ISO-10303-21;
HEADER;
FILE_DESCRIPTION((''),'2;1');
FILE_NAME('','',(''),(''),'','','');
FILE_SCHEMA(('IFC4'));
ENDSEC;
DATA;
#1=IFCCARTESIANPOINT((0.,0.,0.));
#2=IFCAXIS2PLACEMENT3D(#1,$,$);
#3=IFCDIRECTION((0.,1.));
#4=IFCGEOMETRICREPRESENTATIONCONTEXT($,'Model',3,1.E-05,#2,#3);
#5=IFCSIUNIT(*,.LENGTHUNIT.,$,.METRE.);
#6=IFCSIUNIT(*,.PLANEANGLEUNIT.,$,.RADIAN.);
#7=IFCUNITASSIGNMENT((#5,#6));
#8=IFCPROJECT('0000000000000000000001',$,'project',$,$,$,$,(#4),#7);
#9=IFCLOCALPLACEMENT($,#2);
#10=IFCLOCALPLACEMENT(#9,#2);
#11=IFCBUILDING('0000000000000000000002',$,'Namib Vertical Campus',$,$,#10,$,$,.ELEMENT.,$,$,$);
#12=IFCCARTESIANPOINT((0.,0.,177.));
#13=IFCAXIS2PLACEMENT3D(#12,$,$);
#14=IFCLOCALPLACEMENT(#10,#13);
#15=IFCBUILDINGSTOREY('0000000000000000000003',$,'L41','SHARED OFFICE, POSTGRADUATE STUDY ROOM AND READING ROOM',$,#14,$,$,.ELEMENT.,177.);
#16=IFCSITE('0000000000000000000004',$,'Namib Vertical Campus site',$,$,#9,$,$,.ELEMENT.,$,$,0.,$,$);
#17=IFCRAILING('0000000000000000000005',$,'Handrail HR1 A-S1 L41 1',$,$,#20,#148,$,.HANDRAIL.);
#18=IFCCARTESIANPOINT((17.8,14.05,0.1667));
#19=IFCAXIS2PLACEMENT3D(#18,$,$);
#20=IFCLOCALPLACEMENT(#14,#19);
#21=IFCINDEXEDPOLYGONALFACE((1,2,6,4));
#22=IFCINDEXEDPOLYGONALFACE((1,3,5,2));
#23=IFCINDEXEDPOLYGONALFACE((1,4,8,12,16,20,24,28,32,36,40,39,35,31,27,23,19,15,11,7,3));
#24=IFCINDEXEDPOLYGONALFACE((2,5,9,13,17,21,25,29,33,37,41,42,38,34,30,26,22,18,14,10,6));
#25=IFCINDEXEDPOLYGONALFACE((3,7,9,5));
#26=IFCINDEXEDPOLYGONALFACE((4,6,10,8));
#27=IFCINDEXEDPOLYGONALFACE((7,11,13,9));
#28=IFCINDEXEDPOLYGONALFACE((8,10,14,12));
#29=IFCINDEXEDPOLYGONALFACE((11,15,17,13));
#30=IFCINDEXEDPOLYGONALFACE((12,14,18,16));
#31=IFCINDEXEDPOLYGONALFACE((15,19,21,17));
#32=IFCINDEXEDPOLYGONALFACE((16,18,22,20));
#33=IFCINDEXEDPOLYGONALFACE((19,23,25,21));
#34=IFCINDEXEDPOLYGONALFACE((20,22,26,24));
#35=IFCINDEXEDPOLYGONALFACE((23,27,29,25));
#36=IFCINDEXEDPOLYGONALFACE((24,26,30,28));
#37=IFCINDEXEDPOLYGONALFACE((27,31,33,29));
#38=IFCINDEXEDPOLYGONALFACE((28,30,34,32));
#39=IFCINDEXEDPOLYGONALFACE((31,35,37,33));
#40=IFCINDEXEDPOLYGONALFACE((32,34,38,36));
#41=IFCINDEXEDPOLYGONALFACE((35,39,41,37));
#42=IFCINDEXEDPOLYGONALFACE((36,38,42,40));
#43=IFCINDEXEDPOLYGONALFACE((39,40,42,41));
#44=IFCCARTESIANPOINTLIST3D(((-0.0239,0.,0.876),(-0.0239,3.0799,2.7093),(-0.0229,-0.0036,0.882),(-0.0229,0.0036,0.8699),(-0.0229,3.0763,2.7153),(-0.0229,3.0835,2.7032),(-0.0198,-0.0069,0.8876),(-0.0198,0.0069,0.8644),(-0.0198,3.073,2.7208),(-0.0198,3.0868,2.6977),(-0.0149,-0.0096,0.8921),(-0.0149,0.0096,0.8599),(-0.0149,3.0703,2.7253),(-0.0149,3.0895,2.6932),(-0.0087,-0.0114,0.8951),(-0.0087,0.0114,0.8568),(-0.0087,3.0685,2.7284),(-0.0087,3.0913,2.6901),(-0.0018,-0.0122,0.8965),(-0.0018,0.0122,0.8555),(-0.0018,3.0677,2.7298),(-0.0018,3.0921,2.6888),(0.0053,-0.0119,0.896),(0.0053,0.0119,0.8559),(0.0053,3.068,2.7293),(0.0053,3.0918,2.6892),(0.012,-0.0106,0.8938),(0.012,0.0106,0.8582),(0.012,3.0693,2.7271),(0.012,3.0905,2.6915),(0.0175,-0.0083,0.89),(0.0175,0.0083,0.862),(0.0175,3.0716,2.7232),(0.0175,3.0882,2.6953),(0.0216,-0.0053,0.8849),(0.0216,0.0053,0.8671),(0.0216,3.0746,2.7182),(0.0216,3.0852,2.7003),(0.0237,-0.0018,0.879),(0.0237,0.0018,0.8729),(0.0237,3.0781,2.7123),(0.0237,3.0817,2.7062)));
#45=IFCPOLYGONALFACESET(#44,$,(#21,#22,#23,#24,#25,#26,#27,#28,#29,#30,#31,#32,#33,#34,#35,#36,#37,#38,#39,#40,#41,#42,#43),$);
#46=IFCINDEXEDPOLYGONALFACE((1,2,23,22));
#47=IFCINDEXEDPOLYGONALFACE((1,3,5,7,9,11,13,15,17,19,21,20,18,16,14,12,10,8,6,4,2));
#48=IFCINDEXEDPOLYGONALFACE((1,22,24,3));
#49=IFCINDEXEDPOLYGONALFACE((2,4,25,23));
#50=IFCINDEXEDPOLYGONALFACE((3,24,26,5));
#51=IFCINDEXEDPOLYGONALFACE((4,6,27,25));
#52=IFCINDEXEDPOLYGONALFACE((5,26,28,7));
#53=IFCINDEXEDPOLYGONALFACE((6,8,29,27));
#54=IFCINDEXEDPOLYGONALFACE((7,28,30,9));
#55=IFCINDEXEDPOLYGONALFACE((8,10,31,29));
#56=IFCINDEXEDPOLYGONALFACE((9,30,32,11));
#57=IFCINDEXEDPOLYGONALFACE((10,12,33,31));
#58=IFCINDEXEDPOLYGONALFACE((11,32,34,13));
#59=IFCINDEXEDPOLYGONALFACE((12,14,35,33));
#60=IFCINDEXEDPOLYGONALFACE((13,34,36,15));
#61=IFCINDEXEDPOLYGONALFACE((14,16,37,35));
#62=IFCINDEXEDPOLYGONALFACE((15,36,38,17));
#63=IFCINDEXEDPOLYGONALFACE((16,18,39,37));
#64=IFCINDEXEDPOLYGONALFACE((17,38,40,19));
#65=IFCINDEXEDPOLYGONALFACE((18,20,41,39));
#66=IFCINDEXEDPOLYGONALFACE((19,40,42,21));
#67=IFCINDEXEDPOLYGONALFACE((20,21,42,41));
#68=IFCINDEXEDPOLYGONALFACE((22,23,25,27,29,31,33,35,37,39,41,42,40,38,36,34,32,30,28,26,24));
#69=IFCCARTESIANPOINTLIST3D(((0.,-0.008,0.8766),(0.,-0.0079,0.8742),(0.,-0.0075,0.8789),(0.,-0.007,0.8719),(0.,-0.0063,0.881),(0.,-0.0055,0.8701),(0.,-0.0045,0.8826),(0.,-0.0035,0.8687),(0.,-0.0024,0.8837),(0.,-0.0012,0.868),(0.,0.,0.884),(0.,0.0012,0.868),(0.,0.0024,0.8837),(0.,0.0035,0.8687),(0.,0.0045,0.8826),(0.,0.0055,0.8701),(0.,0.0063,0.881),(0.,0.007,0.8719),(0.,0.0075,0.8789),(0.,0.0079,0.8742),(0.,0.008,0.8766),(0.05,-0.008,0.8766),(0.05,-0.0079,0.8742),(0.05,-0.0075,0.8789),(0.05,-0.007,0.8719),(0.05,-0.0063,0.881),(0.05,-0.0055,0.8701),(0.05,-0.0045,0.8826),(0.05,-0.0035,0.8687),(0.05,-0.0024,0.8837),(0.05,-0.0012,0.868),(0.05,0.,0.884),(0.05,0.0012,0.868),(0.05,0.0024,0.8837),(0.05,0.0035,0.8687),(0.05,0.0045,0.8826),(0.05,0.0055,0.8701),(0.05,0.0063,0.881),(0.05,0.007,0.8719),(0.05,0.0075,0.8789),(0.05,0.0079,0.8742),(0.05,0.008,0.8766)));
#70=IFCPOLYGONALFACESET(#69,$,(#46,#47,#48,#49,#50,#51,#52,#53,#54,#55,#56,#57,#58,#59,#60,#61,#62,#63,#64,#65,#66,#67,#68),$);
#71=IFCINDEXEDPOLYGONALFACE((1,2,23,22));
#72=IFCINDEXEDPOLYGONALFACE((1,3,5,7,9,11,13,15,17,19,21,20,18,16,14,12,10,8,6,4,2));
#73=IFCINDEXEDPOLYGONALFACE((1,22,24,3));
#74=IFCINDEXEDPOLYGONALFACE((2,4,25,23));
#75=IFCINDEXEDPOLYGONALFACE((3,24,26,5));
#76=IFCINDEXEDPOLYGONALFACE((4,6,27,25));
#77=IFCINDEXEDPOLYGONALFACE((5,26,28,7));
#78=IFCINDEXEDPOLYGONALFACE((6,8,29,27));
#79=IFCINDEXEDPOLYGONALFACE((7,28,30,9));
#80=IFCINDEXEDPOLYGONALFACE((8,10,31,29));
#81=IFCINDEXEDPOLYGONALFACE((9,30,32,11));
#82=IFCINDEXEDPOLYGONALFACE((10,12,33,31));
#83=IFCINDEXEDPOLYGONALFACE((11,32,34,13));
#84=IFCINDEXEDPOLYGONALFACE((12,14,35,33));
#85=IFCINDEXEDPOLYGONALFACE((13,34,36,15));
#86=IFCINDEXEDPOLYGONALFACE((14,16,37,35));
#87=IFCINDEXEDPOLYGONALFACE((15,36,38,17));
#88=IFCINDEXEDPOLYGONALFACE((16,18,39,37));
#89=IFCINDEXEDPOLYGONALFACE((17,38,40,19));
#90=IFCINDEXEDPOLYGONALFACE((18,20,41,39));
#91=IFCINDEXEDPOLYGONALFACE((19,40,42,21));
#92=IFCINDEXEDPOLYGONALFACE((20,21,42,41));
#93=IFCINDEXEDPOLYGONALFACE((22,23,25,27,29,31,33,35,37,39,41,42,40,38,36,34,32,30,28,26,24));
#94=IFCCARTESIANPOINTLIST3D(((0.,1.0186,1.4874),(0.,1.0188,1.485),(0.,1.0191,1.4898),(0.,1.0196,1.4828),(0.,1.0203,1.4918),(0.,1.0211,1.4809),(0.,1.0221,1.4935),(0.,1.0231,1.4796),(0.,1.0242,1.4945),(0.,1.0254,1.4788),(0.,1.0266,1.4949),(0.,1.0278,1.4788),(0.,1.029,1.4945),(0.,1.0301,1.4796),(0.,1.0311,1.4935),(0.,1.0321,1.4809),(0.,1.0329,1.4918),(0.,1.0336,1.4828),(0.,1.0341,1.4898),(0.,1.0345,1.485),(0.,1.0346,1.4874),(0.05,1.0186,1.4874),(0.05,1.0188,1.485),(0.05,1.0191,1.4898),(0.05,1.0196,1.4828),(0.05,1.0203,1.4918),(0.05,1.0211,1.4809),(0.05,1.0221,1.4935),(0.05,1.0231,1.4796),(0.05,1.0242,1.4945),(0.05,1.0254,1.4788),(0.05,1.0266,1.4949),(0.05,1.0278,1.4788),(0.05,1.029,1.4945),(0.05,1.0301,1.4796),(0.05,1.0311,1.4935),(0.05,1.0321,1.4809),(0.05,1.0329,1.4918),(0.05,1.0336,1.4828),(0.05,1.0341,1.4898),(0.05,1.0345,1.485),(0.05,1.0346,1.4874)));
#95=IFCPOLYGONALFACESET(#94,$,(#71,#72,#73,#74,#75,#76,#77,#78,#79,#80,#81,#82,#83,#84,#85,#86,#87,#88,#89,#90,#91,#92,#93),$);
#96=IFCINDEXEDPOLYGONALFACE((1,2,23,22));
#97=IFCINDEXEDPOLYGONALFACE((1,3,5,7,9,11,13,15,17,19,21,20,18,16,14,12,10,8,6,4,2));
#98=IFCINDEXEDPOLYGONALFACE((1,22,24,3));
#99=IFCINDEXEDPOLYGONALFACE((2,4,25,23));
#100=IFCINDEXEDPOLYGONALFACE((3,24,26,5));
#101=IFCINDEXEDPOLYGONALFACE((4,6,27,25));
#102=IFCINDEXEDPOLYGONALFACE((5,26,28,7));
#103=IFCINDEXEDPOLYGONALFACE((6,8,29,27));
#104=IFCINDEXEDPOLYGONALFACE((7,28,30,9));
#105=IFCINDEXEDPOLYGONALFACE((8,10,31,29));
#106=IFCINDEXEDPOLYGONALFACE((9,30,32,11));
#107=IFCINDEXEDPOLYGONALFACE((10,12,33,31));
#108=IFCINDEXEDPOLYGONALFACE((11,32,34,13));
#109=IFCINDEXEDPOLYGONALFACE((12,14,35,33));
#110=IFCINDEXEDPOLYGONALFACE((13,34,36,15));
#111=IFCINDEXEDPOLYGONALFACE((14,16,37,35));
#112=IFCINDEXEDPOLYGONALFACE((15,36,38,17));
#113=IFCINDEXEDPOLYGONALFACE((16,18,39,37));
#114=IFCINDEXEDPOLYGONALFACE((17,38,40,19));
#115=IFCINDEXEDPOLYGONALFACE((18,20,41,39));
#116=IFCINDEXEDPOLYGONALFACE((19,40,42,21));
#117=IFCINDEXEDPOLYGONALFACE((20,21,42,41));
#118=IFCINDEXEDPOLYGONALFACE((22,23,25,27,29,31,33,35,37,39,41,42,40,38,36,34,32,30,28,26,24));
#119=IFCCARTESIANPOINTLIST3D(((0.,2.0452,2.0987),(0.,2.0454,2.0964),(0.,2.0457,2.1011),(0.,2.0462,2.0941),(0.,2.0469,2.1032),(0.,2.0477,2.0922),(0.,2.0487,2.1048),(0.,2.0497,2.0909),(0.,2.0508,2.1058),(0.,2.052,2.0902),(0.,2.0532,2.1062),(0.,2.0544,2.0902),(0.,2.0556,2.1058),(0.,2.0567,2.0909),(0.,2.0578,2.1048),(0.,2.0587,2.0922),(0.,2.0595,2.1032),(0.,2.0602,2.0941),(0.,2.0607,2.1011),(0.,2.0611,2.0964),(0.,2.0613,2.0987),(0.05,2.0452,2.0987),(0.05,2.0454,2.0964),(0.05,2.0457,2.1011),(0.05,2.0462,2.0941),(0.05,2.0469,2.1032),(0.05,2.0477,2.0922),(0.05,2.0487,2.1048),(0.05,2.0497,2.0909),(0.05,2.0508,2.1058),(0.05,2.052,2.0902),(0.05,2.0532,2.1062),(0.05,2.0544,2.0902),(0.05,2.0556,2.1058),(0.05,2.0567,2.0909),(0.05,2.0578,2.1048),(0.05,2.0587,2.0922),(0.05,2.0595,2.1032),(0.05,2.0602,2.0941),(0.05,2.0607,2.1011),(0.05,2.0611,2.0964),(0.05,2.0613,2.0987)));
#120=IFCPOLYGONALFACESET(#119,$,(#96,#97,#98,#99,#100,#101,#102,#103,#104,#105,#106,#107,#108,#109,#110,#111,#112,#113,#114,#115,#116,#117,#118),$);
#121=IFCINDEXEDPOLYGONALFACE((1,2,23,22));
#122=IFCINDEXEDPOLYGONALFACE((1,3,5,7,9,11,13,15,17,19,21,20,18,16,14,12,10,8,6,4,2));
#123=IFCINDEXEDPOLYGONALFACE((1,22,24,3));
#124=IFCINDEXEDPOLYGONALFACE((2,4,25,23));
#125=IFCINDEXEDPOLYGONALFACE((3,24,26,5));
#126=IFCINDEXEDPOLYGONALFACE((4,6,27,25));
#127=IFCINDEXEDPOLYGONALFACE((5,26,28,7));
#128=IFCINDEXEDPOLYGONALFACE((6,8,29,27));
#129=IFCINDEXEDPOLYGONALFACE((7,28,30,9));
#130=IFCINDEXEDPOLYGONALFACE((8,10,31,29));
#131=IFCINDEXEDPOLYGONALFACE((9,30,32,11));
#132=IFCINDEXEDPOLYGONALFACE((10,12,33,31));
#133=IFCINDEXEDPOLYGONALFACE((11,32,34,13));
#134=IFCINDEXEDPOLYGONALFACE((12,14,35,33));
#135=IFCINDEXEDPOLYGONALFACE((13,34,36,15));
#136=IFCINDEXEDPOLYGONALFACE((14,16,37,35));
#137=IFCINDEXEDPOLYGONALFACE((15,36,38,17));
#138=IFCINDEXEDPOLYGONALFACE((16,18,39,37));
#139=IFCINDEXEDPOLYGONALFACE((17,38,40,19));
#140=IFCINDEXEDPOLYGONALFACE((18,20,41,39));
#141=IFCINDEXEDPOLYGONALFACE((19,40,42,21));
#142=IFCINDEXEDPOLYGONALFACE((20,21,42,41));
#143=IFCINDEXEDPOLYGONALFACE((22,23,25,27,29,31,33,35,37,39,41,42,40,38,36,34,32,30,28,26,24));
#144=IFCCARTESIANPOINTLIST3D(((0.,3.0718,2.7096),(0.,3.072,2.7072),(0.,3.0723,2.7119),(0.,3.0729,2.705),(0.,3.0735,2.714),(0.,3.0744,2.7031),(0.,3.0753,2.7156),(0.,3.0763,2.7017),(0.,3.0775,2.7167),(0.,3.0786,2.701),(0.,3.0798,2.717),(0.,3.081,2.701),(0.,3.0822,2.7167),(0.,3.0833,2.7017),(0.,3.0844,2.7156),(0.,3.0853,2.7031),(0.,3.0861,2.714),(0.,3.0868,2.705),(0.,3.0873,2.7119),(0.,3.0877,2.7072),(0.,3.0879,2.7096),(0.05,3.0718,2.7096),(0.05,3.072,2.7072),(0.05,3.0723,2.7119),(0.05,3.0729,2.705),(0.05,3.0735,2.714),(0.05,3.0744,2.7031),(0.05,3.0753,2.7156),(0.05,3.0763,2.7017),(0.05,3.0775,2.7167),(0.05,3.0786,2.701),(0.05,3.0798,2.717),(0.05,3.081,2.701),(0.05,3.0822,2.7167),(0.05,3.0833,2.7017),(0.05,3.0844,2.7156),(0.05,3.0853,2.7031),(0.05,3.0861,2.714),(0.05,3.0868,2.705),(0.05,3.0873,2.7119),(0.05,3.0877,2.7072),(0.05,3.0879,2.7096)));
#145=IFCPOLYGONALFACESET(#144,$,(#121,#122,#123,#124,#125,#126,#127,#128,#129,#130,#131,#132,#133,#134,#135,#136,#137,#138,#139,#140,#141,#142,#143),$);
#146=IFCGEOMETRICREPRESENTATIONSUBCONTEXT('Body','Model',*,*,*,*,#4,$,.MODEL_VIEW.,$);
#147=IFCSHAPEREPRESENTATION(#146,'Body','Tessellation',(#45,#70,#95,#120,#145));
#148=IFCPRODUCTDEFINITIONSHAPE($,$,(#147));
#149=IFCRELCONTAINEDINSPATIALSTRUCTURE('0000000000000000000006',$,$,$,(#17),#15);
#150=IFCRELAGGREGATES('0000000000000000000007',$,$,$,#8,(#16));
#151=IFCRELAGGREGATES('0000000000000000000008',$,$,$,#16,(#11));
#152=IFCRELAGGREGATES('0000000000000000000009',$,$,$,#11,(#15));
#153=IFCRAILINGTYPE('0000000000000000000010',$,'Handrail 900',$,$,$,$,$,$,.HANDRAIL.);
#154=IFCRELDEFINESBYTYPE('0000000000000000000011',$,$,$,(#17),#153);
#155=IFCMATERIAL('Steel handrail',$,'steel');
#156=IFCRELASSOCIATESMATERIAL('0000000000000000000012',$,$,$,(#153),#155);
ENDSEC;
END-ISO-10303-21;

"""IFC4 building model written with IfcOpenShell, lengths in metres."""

from ifc_helpers import new_model, si_unit, direction, frame, origin, origin_2d, place, context, subcontext, project, spatial, circle, extrude, material, type_object, element, save


model = new_model("IFC4")

# Units and contexts
model_context = context("Model", 3, precision=1e-05, world=origin(), true_north=direction((0.0, 1.0)))
body_context = subcontext(model_context, "Body", "Model", "MODEL_VIEW")
ifc_project = project(units=[si_unit("LENGTHUNIT", "METRE"), si_unit("PLANEANGLEUNIT", "RADIAN")], contexts=[model_context])

# Site, building, storey
site_placement = place(None, origin())
site = spatial("IfcSite", under=ifc_project, at=site_placement, Name="Namib Vertical Campus site", CompositionType="ELEMENT", RefElevation=0.0)
building_placement = place(site_placement, origin())
building = spatial("IfcBuilding", under=site, at=building_placement, Name="Namib Vertical Campus", CompositionType="ELEMENT")
storey_placement = place(building_placement, frame((0.0, 0.0, 177.0)))
storey = spatial("IfcBuildingStorey", under=building, at=storey_placement, Name="L41", Description="SHARED OFFICE, POSTGRADUATE STUDY ROOM AND READING ROOM", CompositionType="ELEMENT", Elevation=177.0)

# Railing
ifc_material_1 = material(Name="Steel handrail", Category="steel")
railing_type_1 = type_object("IfcRailingType", Name="Handrail 900", PredefinedType="HANDRAIL", material=ifc_material_1)
railing_1_placement = place(storey_placement, frame((17.8, 14.05, 0.1667)))
element("IfcRailing", 1, at=railing_1_placement, inside=storey, type_object=railing_type_1, Name="Handrail HR1 A-S1 L41 1", PredefinedType="HANDRAIL", context=body_context, shape_type="SweptSolid", body=[
    extrude(circle(Radius=0.0239, at=origin_2d()), frame((0.0, 0.0, 0.876), z_axis=(0.0, 0.859291, 0.511487), x_axis=(-1.0, 0.0, 0.0)), (0.0, 0.0, 1.0), 3.5842),
    extrude(circle(Radius=0.0081, at=origin_2d()), frame((0.0, 0.0, 0.876), z_axis=(1.0, 0.0, 0.0), x_axis=(0.0, 0.0, 1.0)), (0.0, 0.0, 1.0), 0.05),
    extrude(circle(Radius=0.0081, at=origin_2d()), frame((0.0, 1.0266, 1.4868), z_axis=(1.0, 0.0, 0.0), x_axis=(0.0, 0.0, 1.0)), (0.0, 0.0, 1.0), 0.05),
    extrude(circle(Radius=0.0081, at=origin_2d()), frame((0.0, 2.0532, 2.0981), z_axis=(1.0, 0.0, 0.0), x_axis=(0.0, 0.0, 1.0)), (0.0, 0.0, 1.0), 0.05),
    extrude(circle(Radius=0.0081, at=origin_2d()), frame((0.0, 3.0798, 2.709), z_axis=(1.0, 0.0, 0.0), x_axis=(0.0, 0.0, 1.0)), (0.0, 0.0, 1.0), 0.05),
])

save(model, "model.ifc")
